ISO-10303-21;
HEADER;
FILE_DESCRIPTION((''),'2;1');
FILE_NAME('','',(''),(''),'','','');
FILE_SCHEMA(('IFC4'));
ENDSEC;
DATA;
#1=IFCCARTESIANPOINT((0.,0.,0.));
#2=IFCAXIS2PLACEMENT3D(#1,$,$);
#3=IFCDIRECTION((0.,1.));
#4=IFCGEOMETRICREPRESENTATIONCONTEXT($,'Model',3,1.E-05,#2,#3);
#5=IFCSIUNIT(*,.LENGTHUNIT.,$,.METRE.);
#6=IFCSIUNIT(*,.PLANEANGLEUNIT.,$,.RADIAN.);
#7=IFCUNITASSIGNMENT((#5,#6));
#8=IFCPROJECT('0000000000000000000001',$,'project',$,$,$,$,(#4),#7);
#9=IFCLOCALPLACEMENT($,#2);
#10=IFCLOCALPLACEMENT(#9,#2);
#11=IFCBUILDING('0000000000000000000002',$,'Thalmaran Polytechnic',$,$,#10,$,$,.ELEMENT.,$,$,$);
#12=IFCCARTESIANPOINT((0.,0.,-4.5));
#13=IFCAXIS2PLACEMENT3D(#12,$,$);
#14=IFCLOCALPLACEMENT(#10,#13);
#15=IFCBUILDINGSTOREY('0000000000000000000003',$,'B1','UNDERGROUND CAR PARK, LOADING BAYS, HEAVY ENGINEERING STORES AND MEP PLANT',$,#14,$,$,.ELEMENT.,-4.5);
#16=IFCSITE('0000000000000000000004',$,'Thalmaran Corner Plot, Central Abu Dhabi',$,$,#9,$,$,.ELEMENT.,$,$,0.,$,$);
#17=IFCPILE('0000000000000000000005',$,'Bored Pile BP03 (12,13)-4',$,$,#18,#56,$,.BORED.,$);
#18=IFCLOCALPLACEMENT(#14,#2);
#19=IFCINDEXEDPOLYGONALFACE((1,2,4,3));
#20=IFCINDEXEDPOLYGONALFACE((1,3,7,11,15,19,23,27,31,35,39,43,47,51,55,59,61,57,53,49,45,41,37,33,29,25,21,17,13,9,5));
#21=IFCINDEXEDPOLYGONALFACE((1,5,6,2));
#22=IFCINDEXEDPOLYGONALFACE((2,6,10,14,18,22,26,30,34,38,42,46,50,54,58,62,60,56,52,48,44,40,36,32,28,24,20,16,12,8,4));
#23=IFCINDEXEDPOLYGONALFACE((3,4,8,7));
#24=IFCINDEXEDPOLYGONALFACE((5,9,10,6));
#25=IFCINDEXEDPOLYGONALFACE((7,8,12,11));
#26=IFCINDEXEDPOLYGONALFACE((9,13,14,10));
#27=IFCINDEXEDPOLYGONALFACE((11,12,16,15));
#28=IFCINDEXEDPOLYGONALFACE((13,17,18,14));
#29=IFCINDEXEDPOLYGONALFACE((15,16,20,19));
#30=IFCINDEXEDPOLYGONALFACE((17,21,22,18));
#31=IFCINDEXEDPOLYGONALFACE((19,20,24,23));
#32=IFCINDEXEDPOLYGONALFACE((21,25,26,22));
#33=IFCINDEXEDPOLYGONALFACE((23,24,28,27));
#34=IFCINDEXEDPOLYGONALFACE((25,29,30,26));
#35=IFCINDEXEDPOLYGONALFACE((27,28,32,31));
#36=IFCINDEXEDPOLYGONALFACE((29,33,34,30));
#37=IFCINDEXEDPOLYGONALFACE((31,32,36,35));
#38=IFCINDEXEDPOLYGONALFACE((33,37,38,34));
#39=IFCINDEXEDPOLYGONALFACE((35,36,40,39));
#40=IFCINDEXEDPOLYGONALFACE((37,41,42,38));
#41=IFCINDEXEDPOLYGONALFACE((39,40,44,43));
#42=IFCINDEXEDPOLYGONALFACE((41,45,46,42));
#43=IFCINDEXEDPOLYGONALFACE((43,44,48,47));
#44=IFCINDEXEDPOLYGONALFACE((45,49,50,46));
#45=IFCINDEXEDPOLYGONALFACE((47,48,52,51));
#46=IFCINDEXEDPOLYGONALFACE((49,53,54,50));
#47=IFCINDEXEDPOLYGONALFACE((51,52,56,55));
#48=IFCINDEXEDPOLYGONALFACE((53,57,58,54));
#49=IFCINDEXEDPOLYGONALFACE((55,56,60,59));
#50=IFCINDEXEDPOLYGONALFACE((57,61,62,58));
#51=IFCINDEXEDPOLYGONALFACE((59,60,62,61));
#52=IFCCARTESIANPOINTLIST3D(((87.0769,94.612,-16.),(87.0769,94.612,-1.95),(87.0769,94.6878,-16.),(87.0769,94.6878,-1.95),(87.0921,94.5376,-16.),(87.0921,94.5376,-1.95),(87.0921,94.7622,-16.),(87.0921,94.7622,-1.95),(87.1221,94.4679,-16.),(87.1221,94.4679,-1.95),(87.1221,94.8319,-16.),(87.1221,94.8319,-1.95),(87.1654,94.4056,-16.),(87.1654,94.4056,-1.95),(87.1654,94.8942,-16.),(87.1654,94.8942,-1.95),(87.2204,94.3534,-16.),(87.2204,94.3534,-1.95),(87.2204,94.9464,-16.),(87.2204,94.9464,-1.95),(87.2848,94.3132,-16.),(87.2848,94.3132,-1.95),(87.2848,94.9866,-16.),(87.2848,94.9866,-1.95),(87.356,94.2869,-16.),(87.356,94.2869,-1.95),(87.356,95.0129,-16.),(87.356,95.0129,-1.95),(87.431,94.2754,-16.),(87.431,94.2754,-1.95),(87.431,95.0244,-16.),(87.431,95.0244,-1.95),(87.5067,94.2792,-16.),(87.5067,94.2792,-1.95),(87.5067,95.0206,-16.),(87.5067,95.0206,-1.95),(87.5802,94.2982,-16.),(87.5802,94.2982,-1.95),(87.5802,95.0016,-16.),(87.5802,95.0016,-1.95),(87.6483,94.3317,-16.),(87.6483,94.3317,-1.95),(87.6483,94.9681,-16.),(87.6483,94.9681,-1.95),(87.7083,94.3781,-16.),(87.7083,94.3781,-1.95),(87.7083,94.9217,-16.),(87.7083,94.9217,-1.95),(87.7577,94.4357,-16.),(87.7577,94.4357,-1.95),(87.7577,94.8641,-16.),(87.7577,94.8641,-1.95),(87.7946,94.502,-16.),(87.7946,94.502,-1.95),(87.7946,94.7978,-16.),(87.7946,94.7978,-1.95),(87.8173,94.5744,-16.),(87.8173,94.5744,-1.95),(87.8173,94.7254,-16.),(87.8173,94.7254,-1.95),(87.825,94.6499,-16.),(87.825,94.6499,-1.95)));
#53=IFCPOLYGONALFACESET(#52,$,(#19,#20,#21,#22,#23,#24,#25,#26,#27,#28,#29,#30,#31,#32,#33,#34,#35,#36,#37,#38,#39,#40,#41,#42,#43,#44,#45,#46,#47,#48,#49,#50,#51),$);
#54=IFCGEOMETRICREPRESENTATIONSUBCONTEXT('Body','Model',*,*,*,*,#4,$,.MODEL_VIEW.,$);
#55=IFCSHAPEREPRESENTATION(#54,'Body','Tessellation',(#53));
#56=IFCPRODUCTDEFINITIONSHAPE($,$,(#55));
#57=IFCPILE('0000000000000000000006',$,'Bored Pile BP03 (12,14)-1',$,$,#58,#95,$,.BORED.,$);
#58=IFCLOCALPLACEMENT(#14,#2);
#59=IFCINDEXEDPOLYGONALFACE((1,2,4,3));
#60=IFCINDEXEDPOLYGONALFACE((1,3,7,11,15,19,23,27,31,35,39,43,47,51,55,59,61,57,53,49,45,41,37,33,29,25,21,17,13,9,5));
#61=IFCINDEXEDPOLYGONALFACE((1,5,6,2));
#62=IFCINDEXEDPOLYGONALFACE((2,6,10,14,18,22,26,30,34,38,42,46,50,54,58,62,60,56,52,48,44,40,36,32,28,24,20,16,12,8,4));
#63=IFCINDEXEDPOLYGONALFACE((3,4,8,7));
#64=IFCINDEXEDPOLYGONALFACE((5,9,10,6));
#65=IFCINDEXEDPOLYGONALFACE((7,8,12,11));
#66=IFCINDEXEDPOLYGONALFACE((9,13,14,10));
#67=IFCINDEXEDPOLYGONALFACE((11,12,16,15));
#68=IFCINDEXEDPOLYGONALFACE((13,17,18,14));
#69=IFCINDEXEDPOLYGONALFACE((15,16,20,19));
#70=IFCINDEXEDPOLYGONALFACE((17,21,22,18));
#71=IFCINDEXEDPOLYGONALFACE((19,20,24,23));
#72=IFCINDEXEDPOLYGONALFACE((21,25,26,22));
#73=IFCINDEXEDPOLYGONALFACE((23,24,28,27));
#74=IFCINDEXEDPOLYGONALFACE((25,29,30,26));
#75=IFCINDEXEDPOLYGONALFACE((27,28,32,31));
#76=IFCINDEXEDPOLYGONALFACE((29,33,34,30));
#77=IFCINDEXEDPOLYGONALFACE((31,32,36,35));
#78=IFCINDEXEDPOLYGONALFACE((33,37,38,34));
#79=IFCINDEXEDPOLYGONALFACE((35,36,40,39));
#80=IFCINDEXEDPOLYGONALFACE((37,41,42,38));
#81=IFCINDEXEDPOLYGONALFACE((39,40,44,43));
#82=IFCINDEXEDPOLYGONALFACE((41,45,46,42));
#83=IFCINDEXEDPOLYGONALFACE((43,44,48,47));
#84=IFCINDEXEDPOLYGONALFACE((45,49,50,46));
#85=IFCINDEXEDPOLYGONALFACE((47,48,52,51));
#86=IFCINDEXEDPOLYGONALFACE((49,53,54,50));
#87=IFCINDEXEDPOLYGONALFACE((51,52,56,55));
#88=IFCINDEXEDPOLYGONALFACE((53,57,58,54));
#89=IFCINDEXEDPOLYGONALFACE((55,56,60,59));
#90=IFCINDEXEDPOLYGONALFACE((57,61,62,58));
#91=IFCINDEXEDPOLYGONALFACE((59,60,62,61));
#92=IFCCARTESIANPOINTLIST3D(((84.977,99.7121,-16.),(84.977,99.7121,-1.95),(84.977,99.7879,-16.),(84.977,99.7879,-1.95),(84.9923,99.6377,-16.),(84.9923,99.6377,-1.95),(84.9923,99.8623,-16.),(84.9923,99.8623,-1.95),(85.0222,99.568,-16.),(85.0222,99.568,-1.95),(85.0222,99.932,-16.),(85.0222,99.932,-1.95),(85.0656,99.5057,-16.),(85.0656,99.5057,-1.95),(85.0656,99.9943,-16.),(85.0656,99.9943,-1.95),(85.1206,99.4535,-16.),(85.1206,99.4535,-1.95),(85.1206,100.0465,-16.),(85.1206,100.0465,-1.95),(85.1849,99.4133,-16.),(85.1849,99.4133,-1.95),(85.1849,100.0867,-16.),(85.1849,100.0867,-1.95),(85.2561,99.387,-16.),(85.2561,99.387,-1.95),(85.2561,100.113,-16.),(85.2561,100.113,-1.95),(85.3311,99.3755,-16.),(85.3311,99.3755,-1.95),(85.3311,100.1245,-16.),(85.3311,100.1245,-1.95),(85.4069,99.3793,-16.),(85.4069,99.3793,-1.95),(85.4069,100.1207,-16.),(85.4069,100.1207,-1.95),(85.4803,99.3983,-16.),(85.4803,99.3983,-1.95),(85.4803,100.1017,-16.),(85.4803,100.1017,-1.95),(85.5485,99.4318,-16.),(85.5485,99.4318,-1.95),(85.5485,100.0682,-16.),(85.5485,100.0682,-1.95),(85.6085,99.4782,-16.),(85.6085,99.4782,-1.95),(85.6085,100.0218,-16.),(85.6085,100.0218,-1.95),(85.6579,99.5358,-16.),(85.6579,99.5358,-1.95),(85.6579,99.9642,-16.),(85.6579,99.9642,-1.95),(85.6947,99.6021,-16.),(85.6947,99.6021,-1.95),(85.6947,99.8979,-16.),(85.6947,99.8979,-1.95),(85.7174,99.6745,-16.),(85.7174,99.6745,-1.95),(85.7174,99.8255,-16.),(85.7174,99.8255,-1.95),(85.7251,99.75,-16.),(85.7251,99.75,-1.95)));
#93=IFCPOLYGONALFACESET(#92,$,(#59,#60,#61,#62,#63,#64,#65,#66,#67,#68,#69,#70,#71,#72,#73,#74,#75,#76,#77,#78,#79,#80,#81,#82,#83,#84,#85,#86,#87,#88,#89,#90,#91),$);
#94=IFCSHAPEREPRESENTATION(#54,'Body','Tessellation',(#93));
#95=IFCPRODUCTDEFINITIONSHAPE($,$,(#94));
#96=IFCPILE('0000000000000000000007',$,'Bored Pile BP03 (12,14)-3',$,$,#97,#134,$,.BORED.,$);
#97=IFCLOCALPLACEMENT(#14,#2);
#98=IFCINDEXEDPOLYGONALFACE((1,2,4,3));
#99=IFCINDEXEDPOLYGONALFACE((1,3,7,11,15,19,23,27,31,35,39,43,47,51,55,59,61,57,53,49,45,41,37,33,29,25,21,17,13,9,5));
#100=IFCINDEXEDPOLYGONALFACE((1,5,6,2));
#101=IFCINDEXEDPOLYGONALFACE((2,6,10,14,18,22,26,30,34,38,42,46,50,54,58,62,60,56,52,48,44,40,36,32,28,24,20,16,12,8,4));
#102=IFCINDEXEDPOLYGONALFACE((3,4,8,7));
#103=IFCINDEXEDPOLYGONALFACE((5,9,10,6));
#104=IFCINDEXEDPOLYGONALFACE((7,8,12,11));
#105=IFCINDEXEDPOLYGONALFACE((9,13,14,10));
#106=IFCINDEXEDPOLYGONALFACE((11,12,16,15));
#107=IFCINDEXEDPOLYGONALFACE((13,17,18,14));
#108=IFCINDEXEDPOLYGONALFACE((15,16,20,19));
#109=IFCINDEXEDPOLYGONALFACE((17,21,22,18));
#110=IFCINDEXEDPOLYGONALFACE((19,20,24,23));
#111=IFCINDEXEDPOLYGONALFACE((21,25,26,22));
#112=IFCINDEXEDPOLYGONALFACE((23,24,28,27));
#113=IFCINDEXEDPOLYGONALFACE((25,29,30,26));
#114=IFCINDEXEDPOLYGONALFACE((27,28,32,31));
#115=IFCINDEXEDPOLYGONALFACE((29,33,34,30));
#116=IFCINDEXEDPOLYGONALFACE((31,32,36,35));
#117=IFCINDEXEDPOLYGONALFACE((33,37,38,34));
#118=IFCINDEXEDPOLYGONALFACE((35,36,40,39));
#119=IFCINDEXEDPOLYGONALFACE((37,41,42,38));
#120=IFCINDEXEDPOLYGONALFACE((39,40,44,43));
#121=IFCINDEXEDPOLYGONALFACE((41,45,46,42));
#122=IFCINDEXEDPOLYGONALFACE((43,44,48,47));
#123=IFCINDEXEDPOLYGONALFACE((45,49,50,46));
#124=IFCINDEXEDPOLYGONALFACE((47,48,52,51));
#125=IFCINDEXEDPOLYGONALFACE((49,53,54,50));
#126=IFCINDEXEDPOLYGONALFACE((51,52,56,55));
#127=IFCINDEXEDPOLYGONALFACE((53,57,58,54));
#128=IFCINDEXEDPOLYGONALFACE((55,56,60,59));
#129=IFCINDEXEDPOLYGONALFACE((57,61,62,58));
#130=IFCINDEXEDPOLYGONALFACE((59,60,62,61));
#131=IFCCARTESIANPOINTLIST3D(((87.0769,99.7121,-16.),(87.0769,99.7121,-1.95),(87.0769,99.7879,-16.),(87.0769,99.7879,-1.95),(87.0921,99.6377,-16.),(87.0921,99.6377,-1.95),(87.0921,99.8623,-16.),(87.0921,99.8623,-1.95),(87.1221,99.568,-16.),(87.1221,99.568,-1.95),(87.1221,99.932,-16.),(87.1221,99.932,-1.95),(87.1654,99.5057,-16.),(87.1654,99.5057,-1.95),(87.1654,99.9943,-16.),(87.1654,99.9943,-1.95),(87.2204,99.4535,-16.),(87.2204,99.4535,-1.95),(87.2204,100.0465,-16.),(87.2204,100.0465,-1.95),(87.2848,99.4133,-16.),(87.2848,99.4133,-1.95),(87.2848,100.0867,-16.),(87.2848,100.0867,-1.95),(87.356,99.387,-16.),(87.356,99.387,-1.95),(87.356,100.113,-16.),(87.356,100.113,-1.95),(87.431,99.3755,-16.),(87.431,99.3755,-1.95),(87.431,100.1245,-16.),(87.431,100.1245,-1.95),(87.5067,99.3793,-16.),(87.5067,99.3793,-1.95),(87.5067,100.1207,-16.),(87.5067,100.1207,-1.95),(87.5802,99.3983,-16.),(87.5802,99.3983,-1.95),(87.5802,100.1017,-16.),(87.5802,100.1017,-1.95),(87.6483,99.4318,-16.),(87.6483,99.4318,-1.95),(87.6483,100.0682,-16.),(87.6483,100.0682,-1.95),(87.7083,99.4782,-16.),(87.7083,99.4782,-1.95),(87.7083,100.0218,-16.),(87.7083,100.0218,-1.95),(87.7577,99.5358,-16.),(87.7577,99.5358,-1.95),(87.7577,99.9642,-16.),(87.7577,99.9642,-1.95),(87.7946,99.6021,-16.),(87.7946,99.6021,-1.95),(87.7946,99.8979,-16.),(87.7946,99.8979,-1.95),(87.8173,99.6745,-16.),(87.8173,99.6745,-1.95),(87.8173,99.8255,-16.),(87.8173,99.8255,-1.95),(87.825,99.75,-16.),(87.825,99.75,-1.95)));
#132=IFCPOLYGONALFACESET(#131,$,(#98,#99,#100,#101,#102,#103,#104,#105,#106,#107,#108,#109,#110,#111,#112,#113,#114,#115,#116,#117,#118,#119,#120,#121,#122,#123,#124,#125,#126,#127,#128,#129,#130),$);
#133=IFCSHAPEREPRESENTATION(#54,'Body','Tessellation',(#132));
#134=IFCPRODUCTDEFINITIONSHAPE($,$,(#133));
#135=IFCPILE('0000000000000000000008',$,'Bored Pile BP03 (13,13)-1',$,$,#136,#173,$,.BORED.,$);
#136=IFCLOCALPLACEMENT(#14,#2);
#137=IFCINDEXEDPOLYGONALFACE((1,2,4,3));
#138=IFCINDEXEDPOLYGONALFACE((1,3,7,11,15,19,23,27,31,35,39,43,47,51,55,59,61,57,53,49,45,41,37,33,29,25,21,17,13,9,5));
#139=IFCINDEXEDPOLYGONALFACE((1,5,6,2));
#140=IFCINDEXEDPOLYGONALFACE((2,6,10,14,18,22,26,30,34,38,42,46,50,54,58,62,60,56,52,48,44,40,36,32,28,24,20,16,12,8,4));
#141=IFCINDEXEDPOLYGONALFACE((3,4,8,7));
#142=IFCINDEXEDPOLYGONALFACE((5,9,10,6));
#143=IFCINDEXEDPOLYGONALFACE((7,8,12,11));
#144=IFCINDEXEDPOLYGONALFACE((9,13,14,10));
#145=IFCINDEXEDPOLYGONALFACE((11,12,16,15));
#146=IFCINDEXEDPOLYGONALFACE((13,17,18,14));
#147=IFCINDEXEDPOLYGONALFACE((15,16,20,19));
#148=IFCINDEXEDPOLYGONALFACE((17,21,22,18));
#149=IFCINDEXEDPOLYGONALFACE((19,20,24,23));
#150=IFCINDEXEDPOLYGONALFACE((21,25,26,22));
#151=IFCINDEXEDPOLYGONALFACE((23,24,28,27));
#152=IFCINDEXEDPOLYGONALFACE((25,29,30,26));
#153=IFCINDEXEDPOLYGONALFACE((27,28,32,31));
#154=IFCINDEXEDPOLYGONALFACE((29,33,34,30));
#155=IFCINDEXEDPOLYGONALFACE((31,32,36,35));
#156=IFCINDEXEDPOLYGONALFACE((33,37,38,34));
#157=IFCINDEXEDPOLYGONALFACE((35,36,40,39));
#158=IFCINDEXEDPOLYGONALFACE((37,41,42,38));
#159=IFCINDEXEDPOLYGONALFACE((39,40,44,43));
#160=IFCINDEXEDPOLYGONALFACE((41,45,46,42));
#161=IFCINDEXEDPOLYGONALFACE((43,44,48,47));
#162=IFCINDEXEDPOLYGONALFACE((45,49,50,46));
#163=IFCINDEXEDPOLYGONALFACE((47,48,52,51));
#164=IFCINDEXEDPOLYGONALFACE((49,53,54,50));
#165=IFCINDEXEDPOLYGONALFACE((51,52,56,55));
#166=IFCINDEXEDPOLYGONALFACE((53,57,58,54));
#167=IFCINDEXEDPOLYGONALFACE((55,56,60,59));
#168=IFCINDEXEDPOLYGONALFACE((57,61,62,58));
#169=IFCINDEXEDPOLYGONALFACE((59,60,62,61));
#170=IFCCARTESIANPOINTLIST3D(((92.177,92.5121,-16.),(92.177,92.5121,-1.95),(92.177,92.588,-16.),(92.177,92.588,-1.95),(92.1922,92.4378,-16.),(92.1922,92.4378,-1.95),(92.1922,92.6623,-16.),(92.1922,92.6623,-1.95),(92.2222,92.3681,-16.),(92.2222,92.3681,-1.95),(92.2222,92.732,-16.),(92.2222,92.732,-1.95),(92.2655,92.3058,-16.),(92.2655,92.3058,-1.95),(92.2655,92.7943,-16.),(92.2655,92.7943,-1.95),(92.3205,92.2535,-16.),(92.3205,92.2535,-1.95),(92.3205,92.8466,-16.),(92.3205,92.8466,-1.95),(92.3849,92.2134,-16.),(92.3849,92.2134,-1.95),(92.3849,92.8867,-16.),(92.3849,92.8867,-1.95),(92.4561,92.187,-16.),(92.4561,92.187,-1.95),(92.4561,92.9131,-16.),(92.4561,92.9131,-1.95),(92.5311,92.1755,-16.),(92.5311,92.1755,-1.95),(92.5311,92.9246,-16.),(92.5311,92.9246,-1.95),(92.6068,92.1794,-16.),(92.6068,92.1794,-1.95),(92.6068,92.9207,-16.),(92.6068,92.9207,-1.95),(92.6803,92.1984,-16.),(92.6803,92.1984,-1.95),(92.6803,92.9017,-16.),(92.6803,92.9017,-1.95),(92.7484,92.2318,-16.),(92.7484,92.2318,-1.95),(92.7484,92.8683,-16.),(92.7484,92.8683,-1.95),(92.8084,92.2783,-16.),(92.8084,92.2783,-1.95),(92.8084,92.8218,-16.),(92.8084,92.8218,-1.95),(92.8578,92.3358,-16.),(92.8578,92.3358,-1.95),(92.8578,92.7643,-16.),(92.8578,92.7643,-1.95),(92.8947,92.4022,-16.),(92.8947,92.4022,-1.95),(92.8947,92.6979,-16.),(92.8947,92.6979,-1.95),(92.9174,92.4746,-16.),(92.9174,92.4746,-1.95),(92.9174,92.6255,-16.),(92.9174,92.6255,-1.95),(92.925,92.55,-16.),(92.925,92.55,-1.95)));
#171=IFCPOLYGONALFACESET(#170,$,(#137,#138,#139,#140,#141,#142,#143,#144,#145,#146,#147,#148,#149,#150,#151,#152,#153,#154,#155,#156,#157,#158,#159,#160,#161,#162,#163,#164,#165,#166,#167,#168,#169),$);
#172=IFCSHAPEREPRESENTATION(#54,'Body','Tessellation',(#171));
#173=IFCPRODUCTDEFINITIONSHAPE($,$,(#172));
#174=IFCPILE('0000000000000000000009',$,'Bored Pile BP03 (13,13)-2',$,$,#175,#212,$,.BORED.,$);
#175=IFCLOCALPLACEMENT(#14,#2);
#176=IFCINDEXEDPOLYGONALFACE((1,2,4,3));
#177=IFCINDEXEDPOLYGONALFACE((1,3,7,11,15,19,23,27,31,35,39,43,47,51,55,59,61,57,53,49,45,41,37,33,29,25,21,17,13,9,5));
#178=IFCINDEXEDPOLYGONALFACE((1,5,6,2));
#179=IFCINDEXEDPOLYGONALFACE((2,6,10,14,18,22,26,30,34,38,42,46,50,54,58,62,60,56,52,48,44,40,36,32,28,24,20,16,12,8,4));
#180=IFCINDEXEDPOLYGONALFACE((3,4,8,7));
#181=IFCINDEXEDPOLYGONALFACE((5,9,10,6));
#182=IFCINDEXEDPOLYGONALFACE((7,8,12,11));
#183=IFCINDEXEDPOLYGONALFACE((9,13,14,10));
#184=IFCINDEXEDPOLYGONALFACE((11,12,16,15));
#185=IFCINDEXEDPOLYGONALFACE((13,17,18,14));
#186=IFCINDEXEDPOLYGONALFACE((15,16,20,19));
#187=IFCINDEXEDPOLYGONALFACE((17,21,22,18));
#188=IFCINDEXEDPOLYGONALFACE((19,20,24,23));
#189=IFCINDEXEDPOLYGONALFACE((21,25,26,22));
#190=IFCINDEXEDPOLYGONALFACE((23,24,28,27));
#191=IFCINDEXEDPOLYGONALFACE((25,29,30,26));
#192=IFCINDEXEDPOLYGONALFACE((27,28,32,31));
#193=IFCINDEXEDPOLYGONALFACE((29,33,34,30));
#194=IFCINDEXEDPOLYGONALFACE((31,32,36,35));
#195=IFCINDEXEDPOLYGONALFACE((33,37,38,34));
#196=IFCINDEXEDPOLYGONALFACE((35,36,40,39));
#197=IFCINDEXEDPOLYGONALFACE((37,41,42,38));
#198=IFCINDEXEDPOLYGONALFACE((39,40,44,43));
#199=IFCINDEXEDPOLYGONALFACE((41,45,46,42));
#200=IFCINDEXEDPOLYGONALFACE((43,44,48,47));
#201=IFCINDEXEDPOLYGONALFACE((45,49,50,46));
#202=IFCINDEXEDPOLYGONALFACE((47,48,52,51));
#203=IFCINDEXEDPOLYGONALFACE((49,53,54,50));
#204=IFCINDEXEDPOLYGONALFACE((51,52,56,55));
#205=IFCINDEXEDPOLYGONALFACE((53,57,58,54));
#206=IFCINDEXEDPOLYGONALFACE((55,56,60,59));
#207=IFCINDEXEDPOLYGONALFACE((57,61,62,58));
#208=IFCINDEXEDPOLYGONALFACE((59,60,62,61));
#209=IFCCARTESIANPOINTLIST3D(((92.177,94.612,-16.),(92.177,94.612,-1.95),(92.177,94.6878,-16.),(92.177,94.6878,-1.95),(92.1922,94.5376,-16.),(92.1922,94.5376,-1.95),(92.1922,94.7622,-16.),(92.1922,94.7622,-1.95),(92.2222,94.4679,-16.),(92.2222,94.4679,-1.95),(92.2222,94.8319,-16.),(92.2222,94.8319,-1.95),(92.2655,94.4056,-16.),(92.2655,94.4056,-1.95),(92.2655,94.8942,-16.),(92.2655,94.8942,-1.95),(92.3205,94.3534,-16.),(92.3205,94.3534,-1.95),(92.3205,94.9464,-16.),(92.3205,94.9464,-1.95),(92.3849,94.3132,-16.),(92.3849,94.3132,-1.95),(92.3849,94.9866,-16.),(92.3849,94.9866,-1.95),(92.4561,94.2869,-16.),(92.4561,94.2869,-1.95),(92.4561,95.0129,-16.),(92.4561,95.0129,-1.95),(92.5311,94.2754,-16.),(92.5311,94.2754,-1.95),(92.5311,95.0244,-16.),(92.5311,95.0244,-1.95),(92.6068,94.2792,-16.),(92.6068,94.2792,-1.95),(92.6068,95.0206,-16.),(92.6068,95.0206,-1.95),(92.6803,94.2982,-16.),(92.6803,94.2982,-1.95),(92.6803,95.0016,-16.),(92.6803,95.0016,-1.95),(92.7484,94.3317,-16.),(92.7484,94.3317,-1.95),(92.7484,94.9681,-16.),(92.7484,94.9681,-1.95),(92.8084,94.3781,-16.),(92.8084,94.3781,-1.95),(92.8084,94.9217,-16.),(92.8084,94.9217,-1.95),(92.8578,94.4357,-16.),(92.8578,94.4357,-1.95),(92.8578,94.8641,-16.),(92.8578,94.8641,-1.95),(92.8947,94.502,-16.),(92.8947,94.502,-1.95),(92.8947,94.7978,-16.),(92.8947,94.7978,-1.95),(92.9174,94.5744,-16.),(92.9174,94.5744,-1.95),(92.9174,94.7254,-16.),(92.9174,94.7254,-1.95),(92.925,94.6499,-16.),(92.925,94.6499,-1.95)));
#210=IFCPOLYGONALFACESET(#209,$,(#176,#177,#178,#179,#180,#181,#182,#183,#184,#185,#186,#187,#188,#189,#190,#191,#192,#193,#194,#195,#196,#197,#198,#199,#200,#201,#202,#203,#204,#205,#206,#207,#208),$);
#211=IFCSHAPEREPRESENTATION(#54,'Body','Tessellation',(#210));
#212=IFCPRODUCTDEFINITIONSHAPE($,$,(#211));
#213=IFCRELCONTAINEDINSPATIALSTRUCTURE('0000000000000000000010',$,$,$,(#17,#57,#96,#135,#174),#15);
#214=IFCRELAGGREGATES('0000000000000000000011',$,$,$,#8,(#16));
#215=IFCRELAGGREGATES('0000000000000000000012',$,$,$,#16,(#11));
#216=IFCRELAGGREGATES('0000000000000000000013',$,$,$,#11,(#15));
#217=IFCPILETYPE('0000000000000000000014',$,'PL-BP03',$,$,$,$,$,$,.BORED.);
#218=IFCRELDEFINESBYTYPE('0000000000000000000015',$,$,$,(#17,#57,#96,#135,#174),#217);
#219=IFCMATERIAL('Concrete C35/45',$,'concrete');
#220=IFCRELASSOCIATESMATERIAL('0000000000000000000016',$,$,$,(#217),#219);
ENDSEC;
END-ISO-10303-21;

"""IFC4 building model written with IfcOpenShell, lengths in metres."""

from ifc_helpers import new_model, si_unit, direction, frame, origin, origin_2d, place, context, subcontext, project, spatial, circle, extrude, material, material_profile, profile_set, type_object, element, save


model = new_model("IFC4")

# Units and contexts
model_context = context("Model", 3, precision=1e-05, world=origin(), true_north=direction((0.0, 1.0)))
body_context = subcontext(model_context, "Body", "Model", "MODEL_VIEW")
ifc_project = project(units=[si_unit("LENGTHUNIT", "METRE"), si_unit("PLANEANGLEUNIT", "RADIAN")], contexts=[model_context])

# Site, building, storey
site_placement = place(None, origin())
site = spatial("IfcSite", under=ifc_project, at=site_placement, Name="Thalmaran Corner Plot, Central Abu Dhabi", CompositionType="ELEMENT", RefElevation=0.0)
building_placement = place(site_placement, origin())
building = spatial("IfcBuilding", under=site, at=building_placement, Name="Thalmaran Polytechnic", CompositionType="ELEMENT")
storey_placement = place(building_placement, frame((0.0, 0.0, -4.5)))
storey = spatial("IfcBuildingStorey", under=building, at=storey_placement, Name="B1", Description="UNDERGROUND CAR PARK, LOADING BAYS, HEAVY ENGINEERING STORES AND MEP PLANT", CompositionType="ELEMENT", Elevation=-4.5)

# Piles
ifc_material_1 = material(Name="Concrete C35/45", Category="concrete")
ifc_material_profile_1 = material_profile(ifc_material_1, circle(Radius=0.375, at=origin_2d()), Name="RC 750 DIA")
ifc_profile_set_1 = profile_set([ifc_material_profile_1], Name="Concrete C35/45")
pile_type = type_object("IfcPileType", Name="PL-BP03", PredefinedType="BORED", material=ifc_profile_set_1)
for number, where, z_axis, x_axis, name in (
    (1, (87.45, 94.6499, -1.95), (0.0, 0.0, -1.0), (1.0, 0.0, 0.0), "Bored Pile BP03 (12,13)-4"),
    (2, (85.3501, 99.75, -1.95), (0.0, 0.0, -1.0), (1.0, 0.0, 0.0), "Bored Pile BP03 (12,14)-1"),
    (3, (87.45, 99.75, -1.95), (0.0, 0.0, -1.0), (1.0, 0.0, 0.0), "Bored Pile BP03 (12,14)-3"),
    (4, (92.55, 92.55, -1.95), (0.0, 0.0, -1.0), (1.0, 0.0, 0.0), "Bored Pile BP03 (13,13)-1"),
    (5, (92.55, 94.6499, -1.95), (0.0, 0.0, -1.0), (1.0, 0.0, 0.0), "Bored Pile BP03 (13,13)-2"),
):
    element("IfcPile", number, at=place(storey_placement, frame(where, z_axis=z_axis, x_axis=x_axis)), inside=storey, type_object=pile_type, Name=name, PredefinedType="BORED", context=body_context, shape_type="SweptSolid", body=[
        extrude(circle(Radius=0.375, at=origin_2d()), origin(), (0.0, 0.0, 1.0), 14.05),
    ])

save(model, "model.ifc")
